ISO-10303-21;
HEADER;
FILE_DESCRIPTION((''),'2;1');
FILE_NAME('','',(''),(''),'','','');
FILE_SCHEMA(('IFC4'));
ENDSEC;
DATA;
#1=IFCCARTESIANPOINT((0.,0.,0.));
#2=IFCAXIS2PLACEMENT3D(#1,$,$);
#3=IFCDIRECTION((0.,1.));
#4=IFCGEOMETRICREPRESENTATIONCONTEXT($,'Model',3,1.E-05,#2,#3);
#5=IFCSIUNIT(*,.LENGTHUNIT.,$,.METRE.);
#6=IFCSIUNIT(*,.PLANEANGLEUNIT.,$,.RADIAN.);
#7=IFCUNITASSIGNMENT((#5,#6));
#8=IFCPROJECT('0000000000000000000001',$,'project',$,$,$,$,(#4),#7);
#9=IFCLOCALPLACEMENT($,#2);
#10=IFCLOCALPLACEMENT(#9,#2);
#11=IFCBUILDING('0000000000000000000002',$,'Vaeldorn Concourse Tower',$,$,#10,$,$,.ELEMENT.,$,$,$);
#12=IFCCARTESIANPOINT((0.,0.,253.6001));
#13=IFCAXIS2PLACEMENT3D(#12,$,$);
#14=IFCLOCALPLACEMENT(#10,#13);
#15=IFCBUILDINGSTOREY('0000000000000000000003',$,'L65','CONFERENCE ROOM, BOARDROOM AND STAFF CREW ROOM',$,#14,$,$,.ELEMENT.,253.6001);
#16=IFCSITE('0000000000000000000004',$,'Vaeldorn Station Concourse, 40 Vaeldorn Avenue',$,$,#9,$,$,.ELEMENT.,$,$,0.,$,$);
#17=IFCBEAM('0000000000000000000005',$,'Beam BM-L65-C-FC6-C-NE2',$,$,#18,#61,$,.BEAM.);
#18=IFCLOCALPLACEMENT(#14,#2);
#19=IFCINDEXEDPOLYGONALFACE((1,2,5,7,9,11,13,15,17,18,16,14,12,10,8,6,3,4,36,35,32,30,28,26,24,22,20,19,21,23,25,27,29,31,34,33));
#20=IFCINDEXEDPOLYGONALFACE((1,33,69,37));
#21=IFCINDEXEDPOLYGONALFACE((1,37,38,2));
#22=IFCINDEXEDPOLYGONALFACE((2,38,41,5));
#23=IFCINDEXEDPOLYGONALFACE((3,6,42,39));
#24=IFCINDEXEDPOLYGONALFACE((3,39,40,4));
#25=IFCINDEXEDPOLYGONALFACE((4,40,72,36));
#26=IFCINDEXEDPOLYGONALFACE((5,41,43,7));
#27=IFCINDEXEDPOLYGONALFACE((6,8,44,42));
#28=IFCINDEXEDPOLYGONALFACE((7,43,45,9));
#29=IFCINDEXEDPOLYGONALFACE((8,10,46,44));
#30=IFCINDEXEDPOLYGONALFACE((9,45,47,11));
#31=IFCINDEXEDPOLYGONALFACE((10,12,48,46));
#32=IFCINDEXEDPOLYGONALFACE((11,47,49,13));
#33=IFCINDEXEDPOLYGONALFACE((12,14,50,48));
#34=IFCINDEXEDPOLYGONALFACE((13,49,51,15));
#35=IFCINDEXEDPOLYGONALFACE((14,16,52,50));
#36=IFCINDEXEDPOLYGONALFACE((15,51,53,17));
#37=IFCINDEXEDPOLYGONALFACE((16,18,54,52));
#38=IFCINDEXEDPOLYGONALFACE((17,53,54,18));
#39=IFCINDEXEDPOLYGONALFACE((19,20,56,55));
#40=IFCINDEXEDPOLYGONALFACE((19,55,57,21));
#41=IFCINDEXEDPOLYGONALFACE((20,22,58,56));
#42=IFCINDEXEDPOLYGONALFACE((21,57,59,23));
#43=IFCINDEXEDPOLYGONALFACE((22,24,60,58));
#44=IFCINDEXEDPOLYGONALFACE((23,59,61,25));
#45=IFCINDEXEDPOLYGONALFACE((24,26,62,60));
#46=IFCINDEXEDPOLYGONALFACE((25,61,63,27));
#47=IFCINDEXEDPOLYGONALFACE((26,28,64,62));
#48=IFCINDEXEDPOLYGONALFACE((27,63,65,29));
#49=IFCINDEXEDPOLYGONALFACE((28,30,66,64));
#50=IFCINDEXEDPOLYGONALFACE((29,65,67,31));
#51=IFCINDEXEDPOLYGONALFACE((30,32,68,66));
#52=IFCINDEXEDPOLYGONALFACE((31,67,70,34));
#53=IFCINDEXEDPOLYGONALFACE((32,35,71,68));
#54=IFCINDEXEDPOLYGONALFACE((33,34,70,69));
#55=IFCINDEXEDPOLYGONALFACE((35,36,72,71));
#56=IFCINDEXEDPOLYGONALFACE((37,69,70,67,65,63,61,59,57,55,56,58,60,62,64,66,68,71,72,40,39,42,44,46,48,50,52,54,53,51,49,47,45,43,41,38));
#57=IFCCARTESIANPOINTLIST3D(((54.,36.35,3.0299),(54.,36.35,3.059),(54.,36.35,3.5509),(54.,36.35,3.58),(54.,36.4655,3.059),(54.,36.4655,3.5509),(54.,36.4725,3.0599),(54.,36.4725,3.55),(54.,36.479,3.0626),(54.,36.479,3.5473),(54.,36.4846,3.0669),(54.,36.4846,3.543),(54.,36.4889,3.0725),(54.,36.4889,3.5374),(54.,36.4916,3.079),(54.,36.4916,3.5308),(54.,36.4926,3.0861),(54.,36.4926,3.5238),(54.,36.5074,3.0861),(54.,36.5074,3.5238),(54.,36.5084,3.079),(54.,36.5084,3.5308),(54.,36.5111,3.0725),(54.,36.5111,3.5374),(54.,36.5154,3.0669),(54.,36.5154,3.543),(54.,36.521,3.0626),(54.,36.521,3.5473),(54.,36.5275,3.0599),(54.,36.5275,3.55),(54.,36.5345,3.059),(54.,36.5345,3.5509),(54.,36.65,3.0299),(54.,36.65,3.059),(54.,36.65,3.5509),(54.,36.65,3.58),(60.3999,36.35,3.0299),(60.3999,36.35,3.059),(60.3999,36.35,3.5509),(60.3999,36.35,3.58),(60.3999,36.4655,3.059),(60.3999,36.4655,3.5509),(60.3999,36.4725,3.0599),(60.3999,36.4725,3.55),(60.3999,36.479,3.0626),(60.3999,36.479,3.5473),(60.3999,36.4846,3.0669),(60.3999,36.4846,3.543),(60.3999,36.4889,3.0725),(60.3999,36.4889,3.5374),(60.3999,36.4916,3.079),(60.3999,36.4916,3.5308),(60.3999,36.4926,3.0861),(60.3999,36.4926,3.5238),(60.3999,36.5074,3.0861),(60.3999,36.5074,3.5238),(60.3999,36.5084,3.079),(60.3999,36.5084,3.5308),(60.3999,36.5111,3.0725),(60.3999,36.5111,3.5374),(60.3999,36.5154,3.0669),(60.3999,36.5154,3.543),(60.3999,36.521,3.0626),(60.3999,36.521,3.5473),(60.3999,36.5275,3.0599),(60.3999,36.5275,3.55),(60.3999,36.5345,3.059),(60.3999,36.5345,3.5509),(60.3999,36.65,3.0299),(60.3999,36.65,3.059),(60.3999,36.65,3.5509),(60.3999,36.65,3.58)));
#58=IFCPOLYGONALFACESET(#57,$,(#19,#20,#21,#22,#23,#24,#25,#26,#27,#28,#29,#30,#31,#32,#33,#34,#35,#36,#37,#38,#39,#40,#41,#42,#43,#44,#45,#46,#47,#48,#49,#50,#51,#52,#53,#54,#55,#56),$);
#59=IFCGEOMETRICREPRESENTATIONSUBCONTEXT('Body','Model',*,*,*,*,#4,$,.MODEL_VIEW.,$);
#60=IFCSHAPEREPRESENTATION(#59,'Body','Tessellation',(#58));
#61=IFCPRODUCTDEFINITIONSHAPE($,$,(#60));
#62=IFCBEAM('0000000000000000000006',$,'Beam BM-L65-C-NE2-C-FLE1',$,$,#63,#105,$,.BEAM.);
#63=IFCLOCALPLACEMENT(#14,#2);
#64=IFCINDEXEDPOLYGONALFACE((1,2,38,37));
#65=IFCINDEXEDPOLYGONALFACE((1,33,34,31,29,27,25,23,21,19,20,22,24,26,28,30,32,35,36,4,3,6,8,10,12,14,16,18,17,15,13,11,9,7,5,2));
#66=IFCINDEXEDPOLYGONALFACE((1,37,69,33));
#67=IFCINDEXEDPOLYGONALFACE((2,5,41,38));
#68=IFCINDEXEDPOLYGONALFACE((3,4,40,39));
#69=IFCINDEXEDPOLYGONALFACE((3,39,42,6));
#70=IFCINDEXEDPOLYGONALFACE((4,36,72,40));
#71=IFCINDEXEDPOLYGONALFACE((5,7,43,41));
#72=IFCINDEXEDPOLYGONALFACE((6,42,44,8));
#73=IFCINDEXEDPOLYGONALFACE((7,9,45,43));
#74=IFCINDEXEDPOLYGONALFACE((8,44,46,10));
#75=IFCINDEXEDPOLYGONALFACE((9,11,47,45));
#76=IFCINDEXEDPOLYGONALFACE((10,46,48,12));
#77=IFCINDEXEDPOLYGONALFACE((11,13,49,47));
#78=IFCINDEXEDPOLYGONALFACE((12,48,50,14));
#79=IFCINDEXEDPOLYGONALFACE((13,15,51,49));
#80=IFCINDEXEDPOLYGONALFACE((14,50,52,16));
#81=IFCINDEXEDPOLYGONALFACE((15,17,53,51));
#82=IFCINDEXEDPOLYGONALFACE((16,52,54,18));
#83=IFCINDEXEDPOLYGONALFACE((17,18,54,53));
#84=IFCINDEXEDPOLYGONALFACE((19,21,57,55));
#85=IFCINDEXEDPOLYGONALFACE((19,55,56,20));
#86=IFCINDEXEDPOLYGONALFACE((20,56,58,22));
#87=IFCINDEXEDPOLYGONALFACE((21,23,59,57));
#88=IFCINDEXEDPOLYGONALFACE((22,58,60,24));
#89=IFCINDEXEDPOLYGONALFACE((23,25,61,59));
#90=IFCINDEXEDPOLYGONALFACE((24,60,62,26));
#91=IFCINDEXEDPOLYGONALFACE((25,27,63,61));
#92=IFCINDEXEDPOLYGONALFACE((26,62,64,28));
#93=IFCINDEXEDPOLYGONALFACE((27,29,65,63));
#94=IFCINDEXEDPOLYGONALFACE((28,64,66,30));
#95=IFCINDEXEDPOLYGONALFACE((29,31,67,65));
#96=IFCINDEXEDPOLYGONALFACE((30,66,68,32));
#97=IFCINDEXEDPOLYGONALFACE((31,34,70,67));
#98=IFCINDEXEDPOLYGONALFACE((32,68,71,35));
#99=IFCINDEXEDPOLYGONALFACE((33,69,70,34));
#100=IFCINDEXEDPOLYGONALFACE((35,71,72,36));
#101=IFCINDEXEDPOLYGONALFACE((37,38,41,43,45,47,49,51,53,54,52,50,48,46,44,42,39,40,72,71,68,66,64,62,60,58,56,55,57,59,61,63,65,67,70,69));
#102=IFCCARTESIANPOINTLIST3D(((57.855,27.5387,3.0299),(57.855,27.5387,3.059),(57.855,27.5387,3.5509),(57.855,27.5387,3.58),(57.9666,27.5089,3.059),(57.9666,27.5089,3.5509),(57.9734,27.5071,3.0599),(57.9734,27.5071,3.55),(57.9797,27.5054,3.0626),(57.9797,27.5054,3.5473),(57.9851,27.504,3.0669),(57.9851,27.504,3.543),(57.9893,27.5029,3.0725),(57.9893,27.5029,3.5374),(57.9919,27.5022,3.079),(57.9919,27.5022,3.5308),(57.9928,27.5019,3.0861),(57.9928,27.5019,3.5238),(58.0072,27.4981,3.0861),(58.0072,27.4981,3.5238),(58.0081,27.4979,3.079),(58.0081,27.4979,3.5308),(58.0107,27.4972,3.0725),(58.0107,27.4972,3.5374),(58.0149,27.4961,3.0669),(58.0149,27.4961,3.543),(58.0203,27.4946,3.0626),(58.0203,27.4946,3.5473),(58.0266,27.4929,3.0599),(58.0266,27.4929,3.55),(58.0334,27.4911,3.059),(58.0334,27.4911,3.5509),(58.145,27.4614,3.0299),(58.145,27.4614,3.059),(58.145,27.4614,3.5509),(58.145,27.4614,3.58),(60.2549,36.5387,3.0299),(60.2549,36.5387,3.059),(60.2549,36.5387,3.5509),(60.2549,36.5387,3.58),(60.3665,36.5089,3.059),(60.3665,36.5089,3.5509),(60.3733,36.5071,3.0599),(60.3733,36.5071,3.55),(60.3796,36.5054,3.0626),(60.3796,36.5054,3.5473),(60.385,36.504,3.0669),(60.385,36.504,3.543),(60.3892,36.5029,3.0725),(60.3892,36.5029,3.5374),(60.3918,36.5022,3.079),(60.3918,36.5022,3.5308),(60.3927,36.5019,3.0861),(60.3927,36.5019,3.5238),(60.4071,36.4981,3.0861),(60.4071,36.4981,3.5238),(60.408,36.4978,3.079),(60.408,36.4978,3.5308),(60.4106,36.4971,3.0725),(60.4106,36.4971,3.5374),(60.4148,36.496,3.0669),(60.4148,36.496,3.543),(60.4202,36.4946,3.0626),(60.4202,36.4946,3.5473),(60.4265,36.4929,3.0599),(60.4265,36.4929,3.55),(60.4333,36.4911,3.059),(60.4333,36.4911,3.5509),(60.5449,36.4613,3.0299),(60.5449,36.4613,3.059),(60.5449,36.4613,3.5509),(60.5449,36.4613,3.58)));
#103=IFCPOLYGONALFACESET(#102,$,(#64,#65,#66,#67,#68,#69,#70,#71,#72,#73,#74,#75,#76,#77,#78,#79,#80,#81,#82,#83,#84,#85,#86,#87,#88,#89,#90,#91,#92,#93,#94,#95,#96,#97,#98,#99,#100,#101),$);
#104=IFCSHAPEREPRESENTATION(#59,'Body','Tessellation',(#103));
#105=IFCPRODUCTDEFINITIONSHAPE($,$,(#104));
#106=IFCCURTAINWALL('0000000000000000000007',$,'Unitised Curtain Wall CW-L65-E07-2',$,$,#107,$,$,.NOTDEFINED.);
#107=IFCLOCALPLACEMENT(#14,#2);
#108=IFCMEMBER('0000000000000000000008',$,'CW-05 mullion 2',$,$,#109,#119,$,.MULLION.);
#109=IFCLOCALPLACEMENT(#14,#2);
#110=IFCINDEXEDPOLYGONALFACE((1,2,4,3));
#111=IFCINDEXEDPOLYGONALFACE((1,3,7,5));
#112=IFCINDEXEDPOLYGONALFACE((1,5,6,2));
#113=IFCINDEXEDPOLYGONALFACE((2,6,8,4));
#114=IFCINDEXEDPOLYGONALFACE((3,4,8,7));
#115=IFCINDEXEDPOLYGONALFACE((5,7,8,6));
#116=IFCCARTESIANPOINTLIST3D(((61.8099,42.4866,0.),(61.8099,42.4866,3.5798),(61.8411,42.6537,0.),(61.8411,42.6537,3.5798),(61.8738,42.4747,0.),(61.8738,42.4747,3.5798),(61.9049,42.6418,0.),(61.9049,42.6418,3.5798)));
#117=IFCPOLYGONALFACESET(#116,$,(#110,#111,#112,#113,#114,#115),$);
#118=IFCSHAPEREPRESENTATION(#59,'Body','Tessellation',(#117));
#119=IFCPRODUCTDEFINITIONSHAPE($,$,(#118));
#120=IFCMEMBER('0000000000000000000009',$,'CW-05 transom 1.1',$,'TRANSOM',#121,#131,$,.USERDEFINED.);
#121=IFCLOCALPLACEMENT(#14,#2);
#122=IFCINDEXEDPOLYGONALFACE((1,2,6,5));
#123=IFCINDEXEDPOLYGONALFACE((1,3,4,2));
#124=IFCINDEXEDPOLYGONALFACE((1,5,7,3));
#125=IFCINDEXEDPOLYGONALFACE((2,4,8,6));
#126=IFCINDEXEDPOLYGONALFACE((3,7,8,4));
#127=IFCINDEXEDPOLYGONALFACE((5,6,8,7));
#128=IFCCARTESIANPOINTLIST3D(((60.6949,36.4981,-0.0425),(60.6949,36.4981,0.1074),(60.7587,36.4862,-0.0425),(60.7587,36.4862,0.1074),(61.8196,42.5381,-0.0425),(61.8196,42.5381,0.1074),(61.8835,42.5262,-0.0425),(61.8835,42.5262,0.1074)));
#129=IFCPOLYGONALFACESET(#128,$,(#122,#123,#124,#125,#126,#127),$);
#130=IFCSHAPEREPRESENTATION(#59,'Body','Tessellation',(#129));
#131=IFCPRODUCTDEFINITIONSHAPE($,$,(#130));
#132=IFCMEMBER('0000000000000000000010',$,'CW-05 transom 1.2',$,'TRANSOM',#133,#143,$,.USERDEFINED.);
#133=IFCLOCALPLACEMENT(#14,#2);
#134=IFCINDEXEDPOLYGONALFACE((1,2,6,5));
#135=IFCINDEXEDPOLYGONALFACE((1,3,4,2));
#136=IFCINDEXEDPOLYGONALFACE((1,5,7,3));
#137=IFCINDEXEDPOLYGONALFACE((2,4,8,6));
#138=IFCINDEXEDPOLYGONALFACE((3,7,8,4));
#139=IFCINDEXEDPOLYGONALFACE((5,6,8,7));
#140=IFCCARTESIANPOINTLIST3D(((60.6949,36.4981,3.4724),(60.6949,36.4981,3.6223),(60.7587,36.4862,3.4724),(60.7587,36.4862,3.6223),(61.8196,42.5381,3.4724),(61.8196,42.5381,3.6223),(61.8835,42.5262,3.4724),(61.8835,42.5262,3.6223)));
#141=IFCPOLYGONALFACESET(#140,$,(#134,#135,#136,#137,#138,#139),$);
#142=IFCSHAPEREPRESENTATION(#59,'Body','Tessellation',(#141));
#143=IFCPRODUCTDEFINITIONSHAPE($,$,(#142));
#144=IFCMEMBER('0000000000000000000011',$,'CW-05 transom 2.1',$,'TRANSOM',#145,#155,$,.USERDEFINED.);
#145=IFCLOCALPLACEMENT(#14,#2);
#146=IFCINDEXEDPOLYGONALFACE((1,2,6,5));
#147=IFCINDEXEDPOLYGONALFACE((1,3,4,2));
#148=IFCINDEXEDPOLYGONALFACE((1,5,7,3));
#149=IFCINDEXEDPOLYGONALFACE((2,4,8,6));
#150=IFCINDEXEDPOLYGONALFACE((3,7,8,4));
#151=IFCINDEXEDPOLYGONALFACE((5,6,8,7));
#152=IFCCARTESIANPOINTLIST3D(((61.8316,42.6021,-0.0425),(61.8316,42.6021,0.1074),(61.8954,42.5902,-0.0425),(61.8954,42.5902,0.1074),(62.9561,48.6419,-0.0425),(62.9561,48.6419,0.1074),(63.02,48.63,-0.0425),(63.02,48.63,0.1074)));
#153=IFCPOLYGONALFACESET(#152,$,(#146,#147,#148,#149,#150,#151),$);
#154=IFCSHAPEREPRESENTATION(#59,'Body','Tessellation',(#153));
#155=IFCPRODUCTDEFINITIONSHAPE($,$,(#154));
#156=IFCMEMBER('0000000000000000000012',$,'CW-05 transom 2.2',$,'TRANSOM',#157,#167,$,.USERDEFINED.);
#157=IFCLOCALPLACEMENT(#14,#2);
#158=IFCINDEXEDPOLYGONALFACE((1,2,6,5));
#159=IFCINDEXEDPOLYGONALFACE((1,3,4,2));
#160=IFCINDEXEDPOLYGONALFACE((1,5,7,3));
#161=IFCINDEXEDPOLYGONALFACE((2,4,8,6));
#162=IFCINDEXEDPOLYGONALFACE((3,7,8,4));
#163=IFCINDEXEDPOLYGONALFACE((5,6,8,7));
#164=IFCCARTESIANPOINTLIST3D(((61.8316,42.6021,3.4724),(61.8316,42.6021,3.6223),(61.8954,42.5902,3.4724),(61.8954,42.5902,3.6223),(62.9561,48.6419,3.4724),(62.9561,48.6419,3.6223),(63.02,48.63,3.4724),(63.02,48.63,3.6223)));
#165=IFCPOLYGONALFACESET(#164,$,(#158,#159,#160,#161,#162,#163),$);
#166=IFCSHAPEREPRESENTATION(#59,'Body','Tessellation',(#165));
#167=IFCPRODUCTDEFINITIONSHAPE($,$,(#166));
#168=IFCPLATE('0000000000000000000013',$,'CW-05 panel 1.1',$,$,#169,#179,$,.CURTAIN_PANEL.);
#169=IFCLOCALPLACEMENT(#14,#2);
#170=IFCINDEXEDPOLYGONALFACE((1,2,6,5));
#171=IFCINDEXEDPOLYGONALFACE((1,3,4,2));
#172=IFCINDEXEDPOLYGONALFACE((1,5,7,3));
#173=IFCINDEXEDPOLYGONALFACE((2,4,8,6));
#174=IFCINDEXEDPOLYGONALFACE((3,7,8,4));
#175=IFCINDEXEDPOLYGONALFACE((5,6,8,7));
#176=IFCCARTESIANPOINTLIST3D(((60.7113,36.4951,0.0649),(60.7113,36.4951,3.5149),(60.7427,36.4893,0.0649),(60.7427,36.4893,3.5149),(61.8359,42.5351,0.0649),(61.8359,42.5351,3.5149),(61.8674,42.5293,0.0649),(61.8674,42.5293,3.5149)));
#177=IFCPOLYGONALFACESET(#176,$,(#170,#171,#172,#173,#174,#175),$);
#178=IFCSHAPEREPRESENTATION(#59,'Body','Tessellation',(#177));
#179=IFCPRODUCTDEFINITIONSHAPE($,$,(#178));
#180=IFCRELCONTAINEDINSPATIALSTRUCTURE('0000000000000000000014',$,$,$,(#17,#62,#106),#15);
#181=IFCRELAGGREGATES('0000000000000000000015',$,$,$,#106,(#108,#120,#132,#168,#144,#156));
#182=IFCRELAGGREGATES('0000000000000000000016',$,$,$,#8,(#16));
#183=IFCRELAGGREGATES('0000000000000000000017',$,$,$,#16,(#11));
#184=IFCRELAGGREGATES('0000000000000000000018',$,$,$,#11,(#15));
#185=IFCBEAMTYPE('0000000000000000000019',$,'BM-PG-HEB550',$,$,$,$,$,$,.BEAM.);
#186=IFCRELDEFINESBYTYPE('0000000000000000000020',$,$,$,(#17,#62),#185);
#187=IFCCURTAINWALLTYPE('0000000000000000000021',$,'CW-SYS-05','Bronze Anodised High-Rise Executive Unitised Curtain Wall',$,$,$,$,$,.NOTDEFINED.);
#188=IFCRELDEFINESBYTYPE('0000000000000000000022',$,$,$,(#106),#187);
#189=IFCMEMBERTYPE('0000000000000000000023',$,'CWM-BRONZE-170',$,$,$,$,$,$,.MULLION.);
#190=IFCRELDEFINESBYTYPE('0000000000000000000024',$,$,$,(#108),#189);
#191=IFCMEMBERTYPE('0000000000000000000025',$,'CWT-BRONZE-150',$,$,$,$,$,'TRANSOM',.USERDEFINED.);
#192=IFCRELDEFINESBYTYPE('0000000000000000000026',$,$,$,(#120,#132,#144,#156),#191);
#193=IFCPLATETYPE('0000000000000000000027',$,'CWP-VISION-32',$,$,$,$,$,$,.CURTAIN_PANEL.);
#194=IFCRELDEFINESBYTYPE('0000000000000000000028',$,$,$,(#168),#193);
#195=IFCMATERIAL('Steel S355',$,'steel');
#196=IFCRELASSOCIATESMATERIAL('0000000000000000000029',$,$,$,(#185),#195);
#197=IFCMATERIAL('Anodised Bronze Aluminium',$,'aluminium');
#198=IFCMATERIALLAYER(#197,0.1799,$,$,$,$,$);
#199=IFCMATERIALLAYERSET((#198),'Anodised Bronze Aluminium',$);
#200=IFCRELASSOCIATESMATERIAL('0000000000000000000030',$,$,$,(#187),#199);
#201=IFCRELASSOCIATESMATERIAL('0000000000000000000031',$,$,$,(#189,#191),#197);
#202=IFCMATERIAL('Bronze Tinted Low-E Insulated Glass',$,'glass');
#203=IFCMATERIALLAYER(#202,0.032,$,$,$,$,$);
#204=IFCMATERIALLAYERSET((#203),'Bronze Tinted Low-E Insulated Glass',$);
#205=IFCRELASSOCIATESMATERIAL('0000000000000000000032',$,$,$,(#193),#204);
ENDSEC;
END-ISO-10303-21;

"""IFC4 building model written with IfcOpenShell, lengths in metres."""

from ifc_helpers import new_model, si_unit, direction, frame, origin, origin_2d, place, context, subcontext, project, spatial, rectangle, i_section, extrude, source, transform, mapped, material, layer, layer_set, material_profile, profile_set, type_object, element, aggregate, save


model = new_model("IFC4")

# Units and contexts
model_context = context("Model", 3, precision=1e-05, world=origin(), true_north=direction((0.0, 1.0)))
body_context = subcontext(model_context, "Body", "Model", "MODEL_VIEW")
ifc_project = project(units=[si_unit("LENGTHUNIT", "METRE"), si_unit("PLANEANGLEUNIT", "RADIAN")], contexts=[model_context])

# Site, building, storey
site_placement = place(None, origin())
site = spatial("IfcSite", under=ifc_project, at=site_placement, Name="Vaeldorn Station Concourse, 40 Vaeldorn Avenue", CompositionType="ELEMENT", RefElevation=0.0)
building_placement = place(site_placement, origin())
building = spatial("IfcBuilding", under=site, at=building_placement, Name="Vaeldorn Concourse Tower", CompositionType="ELEMENT")
storey_placement = place(building_placement, frame((0.0, 0.0, 253.6001)))
storey = spatial("IfcBuildingStorey", under=building, at=storey_placement, Name="L65", Description="CONFERENCE ROOM, BOARDROOM AND STAFF CREW ROOM", CompositionType="ELEMENT", Elevation=253.6001)

# Shared definitions
ifc_material_1 = material(Name="Steel S355", Category="steel")

# Beams
ifc_material_profile_1 = material_profile(ifc_material_1, i_section(OverallWidth=0.3, OverallDepth=0.55, WebThickness=0.0149, FlangeThickness=0.0291, FilletRadius=0.0271, at=origin_2d()), Name="HEB 550")
ifc_profile_set_1 = profile_set([ifc_material_profile_1], Name="Steel S355")
beam_type_1 = type_object("IfcBeamType", Name="BM-PG-HEB550", PredefinedType="BEAM", material=ifc_profile_set_1)
shared_shape_1 = source(origin(), body_context, "Body", "SweptSolid", [
    extrude(i_section(OverallWidth=0.3, OverallDepth=0.55, WebThickness=0.0149, FlangeThickness=0.0291, FilletRadius=0.0271, at=origin_2d()), origin(), (0.0, 0.0, 1.0), 6.3999),
])
beam_1_placement = place(storey_placement, frame((54.0, 36.5, 3.3049), z_axis=(1.0, 0.0, 0.0), x_axis=(0.0, 1.0, 0.0)))
element("IfcBeam", 1, at=beam_1_placement, inside=storey, type_object=beam_type_1, Name="Beam BM-L65-C-FC6-C-NE2", PredefinedType="BEAM", context=body_context, shape_type="MappedRepresentation", body=[
    mapped(shared_shape_1, transform((0.0, 0.0, 0.0), scale=1.0)),
])
shared_shape_2 = source(origin(), body_context, "Body", "SweptSolid", [
    extrude(i_section(OverallWidth=0.3, OverallDepth=0.55, WebThickness=0.0149, FlangeThickness=0.0291, FilletRadius=0.0271, at=origin_2d()), origin(), (0.0, 0.0, 1.0), 9.3145),
])
beam_2_placement = place(storey_placement, frame((60.3999, 36.5, 3.3049), z_axis=(-0.257653, -0.966238, 0.0), x_axis=(0.966238, -0.257653, 0.0)))
element("IfcBeam", 2, at=beam_2_placement, inside=storey, type_object=beam_type_1, Name="Beam BM-L65-C-NE2-C-FLE1", PredefinedType="BEAM", context=body_context, shape_type="MappedRepresentation", body=[
    mapped(shared_shape_2, transform((0.0, 0.0, 0.0), scale=1.0)),
])

# Curtain wall, members, plate
ifc_material_2 = material(Name="Anodised Bronze Aluminium", Category="aluminium")
ifc_layer_1 = layer(ifc_material_2, 0.1799)
ifc_layer_set_1 = layer_set([ifc_layer_1], Name="Anodised Bronze Aluminium")
curtain_wall_type = type_object("IfcCurtainWallType", Name="CW-SYS-05", Description="Bronze Anodised High-Rise Executive Unitised Curtain Wall", PredefinedType="NOTDEFINED", material=ifc_layer_set_1)
curtain_wall_placement = place(storey_placement, origin())
curtain_wall = element("IfcCurtainWall", 3, at=curtain_wall_placement, inside=storey, type_object=curtain_wall_type, Name="Unitised Curtain Wall CW-L65-E07-2", PredefinedType="NOTDEFINED")
ifc_material_profile_2 = material_profile(ifc_material_2, rectangle(XDim=0.0649, YDim=0.1699, at=origin_2d()), Name="CWM 65x170")
ifc_profile_set_2 = profile_set([ifc_material_profile_2], Name="Anodised Bronze Aluminium")
member_type_1 = type_object("IfcMemberType", Name="CWM-BRONZE-170", PredefinedType="MULLION", material=ifc_profile_set_2)
shared_shape_3 = source(origin(), body_context, "Body", "SweptSolid", [
    extrude(rectangle(XDim=0.0649, YDim=0.1699, at=origin_2d()), origin(), (0.0, 0.0, 1.0), 3.5798),
])
member_1_placement = place(storey_placement, frame((61.8574, 42.5642, 0.0), z_axis=(0.0, 0.0, 1.0), x_axis=(-0.983103, 0.183054, 0.0)))
member_1 = element("IfcMember", 4, at=member_1_placement, type_object=member_type_1, Name="CW-05 mullion 2", PredefinedType="MULLION", context=body_context, shape_type="MappedRepresentation", body=[
    mapped(shared_shape_3, transform((0.0, 0.0, 0.0), scale=1.0)),
])
ifc_material_profile_3 = material_profile(ifc_material_2, rectangle(XDim=0.0649, YDim=0.1499, at=origin_2d()), Name="CWT 65x150")
ifc_profile_set_3 = profile_set([ifc_material_profile_3], Name="Anodised Bronze Aluminium")
member_type_2 = type_object("IfcMemberType", Name="CWT-BRONZE-150", ElementType="TRANSOM", PredefinedType="USERDEFINED", material=ifc_profile_set_3)
shared_shape_4 = source(origin(), body_context, "Body", "SweptSolid", [
    extrude(rectangle(XDim=0.0649, YDim=0.1499, at=origin_2d()), origin(), (0.0, 0.0, 1.0), 6.1438),
])
member_2_placement = place(storey_placement, frame((60.7268, 36.4922, 0.0325), z_axis=(0.18307, 0.9831, 0.0), x_axis=(-0.9831, 0.18307, 0.0)))
member_2 = element("IfcMember", 5, at=member_2_placement, type_object=member_type_2, Name="CW-05 transom 1.1", ObjectType="TRANSOM", PredefinedType="USERDEFINED", context=body_context, shape_type="MappedRepresentation", body=[
    mapped(shared_shape_4, transform((0.0, 0.0, 0.0), scale=1.0)),
])
member_3_placement = place(storey_placement, frame((60.7268, 36.4922, 3.5474), z_axis=(0.18307, 0.9831, 0.0), x_axis=(-0.9831, 0.18307, 0.0)))
member_3 = element("IfcMember", 6, at=member_3_placement, type_object=member_type_2, Name="CW-05 transom 1.2", ObjectType="TRANSOM", PredefinedType="USERDEFINED", context=body_context, shape_type="MappedRepresentation", body=[
    mapped(shared_shape_4, transform((0.0, 0.0, 0.0), scale=1.0)),
])
shared_shape_5 = source(origin(), body_context, "Body", "SweptSolid", [
    extrude(rectangle(XDim=0.0649, YDim=0.1499, at=origin_2d()), origin(), (0.0, 0.0, 1.0), 6.1436),
])
member_4_placement = place(storey_placement, frame((61.8635, 42.5962, 0.0325), z_axis=(0.183038, 0.983106, 0.0), x_axis=(-0.983106, 0.183038, 0.0)))
member_4 = element("IfcMember", 7, at=member_4_placement, type_object=member_type_2, Name="CW-05 transom 2.1", ObjectType="TRANSOM", PredefinedType="USERDEFINED", context=body_context, shape_type="MappedRepresentation", body=[
    mapped(shared_shape_5, transform((0.0, 0.0, 0.0), scale=1.0)),
])
member_5_placement = place(storey_placement, frame((61.8635, 42.5962, 3.5474), z_axis=(0.183038, 0.983106, 0.0), x_axis=(-0.983106, 0.183038, 0.0)))
member_5 = element("IfcMember", 8, at=member_5_placement, type_object=member_type_2, Name="CW-05 transom 2.2", ObjectType="TRANSOM", PredefinedType="USERDEFINED", context=body_context, shape_type="MappedRepresentation", body=[
    mapped(shared_shape_5, transform((0.0, 0.0, 0.0), scale=1.0)),
])
ifc_material_3 = material(Name="Bronze Tinted Low-E Insulated Glass", Category="glass")
ifc_layer_2 = layer(ifc_material_3, 0.032)
ifc_layer_set_2 = layer_set([ifc_layer_2], Name="Bronze Tinted Low-E Insulated Glass")
plate_type = type_object("IfcPlateType", Name="CWP-VISION-32", PredefinedType="CURTAIN_PANEL", material=ifc_layer_set_2)
shared_shape_6 = source(origin(), body_context, "Body", "SweptSolid", [
    extrude(rectangle(XDim=6.1438, YDim=0.032, at=origin_2d()), origin(), (0.0, 0.0, 1.0), 3.45),
])
plate_placement = place(storey_placement, frame((61.2893, 39.5122, 0.0649), z_axis=(0.0, 0.0, 1.0), x_axis=(0.183054, 0.983103, 0.0)))
plate = element("IfcPlate", 9, at=plate_placement, type_object=plate_type, Name="CW-05 panel 1.1", PredefinedType="CURTAIN_PANEL", context=body_context, shape_type="MappedRepresentation", body=[
    mapped(shared_shape_6, transform((0.0, 0.0, 0.0), scale=1.0)),
])
aggregate(curtain_wall, [member_1, member_2, member_3, plate, member_4, member_5])

save(model, "model.ifc")
